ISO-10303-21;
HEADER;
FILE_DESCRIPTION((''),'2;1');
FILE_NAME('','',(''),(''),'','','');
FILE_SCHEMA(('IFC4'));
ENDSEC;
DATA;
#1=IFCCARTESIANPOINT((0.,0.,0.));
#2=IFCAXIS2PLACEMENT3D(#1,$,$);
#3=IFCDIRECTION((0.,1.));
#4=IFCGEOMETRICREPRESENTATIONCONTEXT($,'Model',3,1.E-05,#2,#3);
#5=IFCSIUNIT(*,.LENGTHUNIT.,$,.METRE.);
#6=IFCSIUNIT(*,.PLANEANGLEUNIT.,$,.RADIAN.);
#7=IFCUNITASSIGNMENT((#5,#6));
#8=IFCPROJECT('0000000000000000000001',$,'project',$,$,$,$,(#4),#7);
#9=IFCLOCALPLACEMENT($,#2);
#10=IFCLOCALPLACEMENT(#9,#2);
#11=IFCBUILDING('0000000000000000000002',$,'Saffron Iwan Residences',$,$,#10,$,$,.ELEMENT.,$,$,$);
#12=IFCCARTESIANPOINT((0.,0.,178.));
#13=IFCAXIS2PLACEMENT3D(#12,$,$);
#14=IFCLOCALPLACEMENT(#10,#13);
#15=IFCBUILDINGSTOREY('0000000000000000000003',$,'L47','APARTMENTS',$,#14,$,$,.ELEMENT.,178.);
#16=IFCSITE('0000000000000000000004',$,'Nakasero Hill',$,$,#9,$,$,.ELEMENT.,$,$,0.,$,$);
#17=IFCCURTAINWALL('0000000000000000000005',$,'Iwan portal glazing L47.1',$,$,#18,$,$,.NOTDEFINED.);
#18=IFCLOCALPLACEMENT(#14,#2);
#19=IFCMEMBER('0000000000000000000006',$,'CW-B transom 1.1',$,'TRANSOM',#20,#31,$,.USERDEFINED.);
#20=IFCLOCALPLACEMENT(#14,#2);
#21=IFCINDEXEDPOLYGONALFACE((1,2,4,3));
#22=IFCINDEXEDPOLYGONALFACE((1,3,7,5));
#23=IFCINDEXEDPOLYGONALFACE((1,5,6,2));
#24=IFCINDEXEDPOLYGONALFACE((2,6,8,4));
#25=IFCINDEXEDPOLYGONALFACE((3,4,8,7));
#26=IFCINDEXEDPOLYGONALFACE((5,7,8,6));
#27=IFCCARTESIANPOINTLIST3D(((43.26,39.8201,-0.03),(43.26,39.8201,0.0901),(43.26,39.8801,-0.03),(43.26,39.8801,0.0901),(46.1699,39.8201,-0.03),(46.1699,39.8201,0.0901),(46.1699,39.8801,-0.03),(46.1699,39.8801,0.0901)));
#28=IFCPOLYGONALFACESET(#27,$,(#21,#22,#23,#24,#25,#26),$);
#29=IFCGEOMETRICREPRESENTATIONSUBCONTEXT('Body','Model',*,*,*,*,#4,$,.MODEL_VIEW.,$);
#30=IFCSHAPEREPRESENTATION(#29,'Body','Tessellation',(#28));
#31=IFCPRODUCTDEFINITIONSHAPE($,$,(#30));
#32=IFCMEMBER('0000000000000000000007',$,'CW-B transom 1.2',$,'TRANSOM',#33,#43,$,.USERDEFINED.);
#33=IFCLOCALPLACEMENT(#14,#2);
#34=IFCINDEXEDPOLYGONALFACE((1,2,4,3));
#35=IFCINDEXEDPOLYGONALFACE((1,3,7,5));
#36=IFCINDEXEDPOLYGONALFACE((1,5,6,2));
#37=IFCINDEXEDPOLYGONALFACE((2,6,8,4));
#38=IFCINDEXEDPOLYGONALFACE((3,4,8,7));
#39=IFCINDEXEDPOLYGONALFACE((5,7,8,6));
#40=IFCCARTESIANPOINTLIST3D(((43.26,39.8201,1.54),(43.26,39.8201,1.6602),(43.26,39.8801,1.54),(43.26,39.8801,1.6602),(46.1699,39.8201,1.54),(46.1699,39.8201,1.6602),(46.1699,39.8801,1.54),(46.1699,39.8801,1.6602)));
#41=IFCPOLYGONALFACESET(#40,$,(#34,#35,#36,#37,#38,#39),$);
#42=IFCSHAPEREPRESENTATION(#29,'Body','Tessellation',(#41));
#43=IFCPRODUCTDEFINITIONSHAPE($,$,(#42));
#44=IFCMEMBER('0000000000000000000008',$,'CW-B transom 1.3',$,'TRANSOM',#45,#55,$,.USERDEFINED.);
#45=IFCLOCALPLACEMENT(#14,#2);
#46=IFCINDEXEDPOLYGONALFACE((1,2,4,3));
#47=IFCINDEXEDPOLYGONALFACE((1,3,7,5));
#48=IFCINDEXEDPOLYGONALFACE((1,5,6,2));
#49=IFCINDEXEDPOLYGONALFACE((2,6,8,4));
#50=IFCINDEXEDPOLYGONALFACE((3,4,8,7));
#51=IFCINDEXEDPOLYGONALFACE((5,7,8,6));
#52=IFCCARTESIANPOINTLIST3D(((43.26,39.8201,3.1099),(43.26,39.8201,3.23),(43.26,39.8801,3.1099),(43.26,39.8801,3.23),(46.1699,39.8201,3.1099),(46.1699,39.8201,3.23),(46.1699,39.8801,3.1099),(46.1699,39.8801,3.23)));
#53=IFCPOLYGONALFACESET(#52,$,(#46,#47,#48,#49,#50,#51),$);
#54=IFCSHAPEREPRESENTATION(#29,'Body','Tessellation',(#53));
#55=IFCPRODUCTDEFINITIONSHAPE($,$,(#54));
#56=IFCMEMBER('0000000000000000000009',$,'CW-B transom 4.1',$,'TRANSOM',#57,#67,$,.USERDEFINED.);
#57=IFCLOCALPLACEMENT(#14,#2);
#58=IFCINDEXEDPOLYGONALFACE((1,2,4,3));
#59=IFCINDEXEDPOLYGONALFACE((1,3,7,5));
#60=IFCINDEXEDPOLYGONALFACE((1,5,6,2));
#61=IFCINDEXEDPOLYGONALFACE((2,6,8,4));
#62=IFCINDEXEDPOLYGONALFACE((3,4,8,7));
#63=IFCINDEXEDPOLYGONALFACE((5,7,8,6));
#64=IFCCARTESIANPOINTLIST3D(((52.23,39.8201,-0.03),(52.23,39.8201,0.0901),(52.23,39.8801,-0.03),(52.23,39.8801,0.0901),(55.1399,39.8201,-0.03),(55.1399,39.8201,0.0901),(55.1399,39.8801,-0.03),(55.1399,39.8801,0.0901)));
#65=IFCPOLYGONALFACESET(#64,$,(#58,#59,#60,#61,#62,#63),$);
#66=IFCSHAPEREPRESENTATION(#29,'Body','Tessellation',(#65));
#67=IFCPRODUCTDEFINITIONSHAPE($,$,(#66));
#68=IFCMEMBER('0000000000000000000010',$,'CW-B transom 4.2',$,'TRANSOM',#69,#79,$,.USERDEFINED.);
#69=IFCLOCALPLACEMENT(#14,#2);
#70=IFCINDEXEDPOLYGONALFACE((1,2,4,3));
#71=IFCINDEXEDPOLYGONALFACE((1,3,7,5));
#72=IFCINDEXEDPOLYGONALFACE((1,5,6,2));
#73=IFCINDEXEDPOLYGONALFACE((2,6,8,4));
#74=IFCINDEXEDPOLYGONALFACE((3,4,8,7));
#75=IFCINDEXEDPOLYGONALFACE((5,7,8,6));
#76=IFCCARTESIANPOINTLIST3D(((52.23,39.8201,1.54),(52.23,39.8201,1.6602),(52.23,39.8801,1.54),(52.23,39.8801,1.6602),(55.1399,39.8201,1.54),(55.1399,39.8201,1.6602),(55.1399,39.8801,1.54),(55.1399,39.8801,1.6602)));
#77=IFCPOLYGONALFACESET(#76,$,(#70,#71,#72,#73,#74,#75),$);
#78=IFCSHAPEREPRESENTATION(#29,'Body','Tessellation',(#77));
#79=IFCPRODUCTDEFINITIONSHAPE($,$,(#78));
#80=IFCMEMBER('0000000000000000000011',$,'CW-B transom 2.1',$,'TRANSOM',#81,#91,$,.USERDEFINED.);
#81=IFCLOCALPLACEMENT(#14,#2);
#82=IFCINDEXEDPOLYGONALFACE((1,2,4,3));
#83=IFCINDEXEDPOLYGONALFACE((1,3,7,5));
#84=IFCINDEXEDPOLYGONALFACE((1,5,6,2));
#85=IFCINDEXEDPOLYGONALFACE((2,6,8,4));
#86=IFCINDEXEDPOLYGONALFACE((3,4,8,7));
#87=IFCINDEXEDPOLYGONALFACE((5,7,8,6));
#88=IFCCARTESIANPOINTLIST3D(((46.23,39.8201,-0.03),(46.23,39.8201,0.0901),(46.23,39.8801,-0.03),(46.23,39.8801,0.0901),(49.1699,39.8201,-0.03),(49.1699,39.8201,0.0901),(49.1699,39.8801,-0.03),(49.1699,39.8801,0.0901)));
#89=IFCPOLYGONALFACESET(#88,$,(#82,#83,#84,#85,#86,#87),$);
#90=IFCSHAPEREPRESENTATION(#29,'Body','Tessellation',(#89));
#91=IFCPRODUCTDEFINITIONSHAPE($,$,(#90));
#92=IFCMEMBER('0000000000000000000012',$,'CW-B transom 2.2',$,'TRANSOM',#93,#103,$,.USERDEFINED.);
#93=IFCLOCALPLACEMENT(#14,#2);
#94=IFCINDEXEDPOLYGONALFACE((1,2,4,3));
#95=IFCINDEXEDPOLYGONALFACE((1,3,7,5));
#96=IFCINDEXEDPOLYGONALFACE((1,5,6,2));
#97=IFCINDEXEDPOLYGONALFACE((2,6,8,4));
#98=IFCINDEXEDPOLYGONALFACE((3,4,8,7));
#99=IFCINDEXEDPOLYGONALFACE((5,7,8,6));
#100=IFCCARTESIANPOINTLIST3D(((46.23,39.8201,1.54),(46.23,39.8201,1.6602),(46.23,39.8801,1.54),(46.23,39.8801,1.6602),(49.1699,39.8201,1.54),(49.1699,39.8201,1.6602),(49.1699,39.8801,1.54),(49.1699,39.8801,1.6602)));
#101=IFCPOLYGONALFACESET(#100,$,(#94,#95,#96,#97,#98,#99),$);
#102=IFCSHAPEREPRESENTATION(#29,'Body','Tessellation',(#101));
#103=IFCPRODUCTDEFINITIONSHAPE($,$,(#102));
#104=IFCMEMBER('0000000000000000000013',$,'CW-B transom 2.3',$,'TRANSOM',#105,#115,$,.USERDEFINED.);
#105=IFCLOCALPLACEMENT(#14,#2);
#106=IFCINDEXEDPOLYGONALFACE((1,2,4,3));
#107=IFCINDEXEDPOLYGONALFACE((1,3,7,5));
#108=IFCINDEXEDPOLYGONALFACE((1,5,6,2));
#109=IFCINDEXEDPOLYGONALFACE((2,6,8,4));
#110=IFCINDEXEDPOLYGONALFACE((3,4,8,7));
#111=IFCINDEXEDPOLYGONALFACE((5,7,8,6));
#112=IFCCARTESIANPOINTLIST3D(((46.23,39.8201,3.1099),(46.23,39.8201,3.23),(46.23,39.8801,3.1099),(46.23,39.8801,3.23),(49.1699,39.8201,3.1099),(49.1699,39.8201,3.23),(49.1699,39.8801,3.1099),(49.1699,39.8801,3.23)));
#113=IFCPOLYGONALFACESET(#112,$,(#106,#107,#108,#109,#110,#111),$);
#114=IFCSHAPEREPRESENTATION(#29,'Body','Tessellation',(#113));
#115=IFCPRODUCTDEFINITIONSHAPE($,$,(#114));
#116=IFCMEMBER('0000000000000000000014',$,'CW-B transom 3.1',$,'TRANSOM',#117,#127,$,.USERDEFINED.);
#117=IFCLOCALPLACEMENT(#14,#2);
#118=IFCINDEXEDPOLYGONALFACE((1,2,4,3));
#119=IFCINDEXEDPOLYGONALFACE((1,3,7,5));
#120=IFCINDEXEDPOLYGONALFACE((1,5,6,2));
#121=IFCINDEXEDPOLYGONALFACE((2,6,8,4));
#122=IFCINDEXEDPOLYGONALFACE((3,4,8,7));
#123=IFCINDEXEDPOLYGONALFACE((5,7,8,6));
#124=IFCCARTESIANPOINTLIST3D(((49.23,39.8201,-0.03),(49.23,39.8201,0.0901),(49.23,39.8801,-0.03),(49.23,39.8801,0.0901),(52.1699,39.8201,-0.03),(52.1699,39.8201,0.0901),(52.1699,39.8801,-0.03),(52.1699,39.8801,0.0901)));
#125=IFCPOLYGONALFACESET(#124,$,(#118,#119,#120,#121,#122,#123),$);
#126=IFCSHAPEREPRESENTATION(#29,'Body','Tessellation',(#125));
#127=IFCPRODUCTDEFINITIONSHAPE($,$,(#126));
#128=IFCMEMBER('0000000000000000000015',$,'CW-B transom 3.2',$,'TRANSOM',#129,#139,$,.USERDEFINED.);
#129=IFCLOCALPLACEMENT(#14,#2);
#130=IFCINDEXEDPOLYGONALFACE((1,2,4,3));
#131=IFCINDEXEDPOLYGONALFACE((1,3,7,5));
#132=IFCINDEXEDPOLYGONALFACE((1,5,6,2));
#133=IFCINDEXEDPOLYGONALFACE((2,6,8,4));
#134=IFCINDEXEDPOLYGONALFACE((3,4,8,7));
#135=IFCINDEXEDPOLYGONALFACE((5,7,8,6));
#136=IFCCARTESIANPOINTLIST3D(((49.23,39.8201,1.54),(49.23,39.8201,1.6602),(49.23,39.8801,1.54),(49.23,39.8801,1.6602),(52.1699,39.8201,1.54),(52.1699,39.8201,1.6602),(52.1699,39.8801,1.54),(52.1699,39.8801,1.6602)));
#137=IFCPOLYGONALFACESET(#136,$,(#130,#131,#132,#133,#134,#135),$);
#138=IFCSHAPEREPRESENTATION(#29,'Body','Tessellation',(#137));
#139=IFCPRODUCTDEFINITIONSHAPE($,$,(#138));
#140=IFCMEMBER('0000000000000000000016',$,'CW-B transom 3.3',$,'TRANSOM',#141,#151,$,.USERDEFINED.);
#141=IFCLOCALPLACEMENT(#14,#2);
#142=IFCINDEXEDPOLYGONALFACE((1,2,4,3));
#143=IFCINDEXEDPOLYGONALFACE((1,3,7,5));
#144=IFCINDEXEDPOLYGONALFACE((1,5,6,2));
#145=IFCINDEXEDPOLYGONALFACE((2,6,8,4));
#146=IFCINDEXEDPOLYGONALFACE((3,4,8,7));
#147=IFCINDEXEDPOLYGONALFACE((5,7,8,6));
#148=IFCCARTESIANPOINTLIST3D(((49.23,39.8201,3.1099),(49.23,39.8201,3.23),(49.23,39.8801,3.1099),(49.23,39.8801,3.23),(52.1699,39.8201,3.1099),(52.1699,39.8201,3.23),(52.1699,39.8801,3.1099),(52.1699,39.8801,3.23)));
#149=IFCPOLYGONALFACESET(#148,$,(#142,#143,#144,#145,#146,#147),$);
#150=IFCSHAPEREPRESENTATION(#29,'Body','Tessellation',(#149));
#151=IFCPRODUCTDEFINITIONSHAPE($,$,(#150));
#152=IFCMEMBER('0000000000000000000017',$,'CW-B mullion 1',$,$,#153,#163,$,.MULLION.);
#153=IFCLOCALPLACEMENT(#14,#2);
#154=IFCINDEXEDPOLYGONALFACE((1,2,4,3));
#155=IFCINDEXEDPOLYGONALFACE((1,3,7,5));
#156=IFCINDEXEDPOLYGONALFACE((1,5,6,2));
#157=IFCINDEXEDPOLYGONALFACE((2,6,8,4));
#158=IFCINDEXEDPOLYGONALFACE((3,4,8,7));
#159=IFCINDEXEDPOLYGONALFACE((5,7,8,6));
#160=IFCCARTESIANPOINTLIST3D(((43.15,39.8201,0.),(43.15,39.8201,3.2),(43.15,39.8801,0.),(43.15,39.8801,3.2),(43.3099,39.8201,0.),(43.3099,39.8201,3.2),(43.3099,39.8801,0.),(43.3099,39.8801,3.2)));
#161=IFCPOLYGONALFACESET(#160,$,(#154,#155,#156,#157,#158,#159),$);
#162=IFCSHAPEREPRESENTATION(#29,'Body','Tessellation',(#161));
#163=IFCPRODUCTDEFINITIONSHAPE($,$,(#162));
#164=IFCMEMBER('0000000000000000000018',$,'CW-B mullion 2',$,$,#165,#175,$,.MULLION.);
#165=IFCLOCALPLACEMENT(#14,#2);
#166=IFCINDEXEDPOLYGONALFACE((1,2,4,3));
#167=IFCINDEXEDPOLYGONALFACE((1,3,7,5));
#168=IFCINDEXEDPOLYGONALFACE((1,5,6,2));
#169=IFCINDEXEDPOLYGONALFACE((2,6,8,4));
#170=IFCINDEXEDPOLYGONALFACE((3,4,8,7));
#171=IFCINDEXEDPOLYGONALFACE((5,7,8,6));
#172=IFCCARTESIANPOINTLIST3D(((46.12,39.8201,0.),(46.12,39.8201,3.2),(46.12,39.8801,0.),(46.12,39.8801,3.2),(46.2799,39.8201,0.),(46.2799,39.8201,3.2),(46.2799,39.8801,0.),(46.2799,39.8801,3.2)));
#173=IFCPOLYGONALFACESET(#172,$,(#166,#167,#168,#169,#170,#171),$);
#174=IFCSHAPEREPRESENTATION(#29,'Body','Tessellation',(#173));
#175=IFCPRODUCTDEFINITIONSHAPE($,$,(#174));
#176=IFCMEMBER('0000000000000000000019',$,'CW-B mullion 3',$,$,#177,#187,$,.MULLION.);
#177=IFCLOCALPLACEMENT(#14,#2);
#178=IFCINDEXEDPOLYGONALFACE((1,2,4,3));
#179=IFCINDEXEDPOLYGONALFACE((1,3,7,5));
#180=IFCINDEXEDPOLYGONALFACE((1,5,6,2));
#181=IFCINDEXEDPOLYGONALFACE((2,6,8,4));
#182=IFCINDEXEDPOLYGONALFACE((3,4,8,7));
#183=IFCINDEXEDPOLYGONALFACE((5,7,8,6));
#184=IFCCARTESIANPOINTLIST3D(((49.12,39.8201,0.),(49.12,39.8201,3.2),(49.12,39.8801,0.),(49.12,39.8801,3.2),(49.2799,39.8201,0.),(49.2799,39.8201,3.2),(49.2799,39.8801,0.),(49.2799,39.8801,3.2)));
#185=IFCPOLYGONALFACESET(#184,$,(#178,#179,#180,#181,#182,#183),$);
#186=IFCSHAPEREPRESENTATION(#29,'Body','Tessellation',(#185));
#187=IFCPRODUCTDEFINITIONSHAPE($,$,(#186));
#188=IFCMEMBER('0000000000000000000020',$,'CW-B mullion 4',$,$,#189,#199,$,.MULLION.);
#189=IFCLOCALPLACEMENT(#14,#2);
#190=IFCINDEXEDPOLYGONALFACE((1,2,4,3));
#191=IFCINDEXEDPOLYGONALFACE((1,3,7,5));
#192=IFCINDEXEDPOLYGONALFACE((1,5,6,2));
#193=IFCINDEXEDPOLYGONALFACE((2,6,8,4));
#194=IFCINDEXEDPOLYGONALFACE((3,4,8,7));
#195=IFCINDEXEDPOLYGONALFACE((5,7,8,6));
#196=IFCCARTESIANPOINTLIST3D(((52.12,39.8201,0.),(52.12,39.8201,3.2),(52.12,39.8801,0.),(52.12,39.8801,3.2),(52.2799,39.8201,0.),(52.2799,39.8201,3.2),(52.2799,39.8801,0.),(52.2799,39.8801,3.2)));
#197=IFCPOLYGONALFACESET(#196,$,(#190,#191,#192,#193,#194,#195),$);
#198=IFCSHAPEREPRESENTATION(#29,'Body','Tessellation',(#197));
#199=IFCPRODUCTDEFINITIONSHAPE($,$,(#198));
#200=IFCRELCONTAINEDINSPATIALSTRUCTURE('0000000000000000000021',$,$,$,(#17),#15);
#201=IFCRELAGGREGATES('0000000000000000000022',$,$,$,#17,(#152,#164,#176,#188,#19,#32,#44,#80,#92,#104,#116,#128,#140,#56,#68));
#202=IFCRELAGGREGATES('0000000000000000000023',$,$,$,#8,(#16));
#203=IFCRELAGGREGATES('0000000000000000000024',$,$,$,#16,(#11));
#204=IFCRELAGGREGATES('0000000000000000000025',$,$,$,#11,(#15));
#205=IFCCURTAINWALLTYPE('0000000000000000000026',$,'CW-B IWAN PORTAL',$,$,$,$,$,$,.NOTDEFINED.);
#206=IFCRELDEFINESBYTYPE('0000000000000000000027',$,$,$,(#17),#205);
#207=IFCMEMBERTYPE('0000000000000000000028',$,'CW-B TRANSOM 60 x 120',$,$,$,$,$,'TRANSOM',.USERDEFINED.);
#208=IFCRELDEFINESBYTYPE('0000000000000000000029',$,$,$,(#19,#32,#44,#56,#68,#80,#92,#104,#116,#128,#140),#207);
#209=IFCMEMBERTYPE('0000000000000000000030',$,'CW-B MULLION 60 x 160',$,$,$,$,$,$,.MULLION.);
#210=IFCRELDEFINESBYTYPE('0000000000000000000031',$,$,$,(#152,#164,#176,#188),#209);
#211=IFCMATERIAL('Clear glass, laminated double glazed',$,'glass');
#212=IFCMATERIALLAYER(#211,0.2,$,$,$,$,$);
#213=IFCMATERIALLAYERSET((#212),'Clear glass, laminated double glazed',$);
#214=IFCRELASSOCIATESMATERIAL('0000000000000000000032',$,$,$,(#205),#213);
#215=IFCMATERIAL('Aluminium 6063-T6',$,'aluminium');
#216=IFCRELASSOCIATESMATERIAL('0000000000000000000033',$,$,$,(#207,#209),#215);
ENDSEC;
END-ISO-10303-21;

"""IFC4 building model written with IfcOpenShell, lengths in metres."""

from ifc_helpers import new_model, si_unit, direction, frame, origin, origin_2d, place, context, subcontext, project, spatial, rectangle, extrude, source, transform, mapped, material, layer, layer_set, material_profile, profile_set, type_object, element, aggregate, save


model = new_model("IFC4")

# Units and contexts
model_context = context("Model", 3, precision=1e-05, world=origin(), true_north=direction((0.0, 1.0)))
body_context = subcontext(model_context, "Body", "Model", "MODEL_VIEW")
ifc_project = project(units=[si_unit("LENGTHUNIT", "METRE"), si_unit("PLANEANGLEUNIT", "RADIAN")], contexts=[model_context])

# Site, building, storey
site_placement = place(None, origin())
site = spatial("IfcSite", under=ifc_project, at=site_placement, Name="Nakasero Hill", CompositionType="ELEMENT", RefElevation=0.0)
building_placement = place(site_placement, origin())
building = spatial("IfcBuilding", under=site, at=building_placement, Name="Saffron Iwan Residences", CompositionType="ELEMENT")
storey_placement = place(building_placement, frame((0.0, 0.0, 178.0)))
storey = spatial("IfcBuildingStorey", under=building, at=storey_placement, Name="L47", Description="APARTMENTS", CompositionType="ELEMENT", Elevation=178.0)

# Curtain wall, members
ifc_material_1 = material(Name="Clear glass, laminated double glazed", Category="glass")
ifc_layer_1 = layer(ifc_material_1, 0.2)
ifc_layer_set_1 = layer_set([ifc_layer_1], Name="Clear glass, laminated double glazed")
curtain_wall_type = type_object("IfcCurtainWallType", Name="CW-B IWAN PORTAL", PredefinedType="NOTDEFINED", material=ifc_layer_set_1)
curtain_wall_placement = place(storey_placement, origin())
curtain_wall = element("IfcCurtainWall", 1, at=curtain_wall_placement, inside=storey, type_object=curtain_wall_type, Name="Iwan portal glazing L47.1", PredefinedType="NOTDEFINED")
ifc_material_2 = material(Name="Aluminium 6063-T6", Category="aluminium")
ifc_material_profile_1 = material_profile(ifc_material_2, rectangle(XDim=0.0601, YDim=0.1201, at=origin_2d()), Name="CW-B TRANSOM 60 x 120")
ifc_profile_set_1 = profile_set([ifc_material_profile_1], Name="Aluminium 6063-T6")
member_type_1 = type_object("IfcMemberType", Name="CW-B TRANSOM 60 x 120", ElementType="TRANSOM", PredefinedType="USERDEFINED", material=ifc_profile_set_1)
shared_shape_1 = source(origin(), body_context, "Body", "SweptSolid", [
    extrude(rectangle(XDim=0.0601, YDim=0.1201, at=origin_2d()), origin(), (0.0, 0.0, 1.0), 2.9099),
])
member_1_placement = place(storey_placement, frame((43.26, 39.8501, 0.03), z_axis=(1.0, 0.0, 0.0), x_axis=(0.0, 1.0, 0.0)))
member_1 = element("IfcMember", 2, at=member_1_placement, type_object=member_type_1, Name="CW-B transom 1.1", ObjectType="TRANSOM", PredefinedType="USERDEFINED", context=body_context, shape_type="MappedRepresentation", body=[
    mapped(shared_shape_1, transform((0.0, 0.0, 0.0))),
])
member_2_placement = place(storey_placement, frame((43.26, 39.8501, 1.6001), z_axis=(1.0, 0.0, 0.0), x_axis=(0.0, 1.0, 0.0)))
member_2 = element("IfcMember", 3, at=member_2_placement, type_object=member_type_1, Name="CW-B transom 1.2", ObjectType="TRANSOM", PredefinedType="USERDEFINED", context=body_context, shape_type="MappedRepresentation", body=[
    mapped(shared_shape_1, transform((0.0, 0.0, 0.0))),
])
member_3_placement = place(storey_placement, frame((43.26, 39.8501, 3.1699), z_axis=(1.0, 0.0, 0.0), x_axis=(0.0, 1.0, 0.0)))
member_3 = element("IfcMember", 4, at=member_3_placement, type_object=member_type_1, Name="CW-B transom 1.3", ObjectType="TRANSOM", PredefinedType="USERDEFINED", context=body_context, shape_type="MappedRepresentation", body=[
    mapped(shared_shape_1, transform((0.0, 0.0, 0.0))),
])
member_4_placement = place(storey_placement, frame((52.23, 39.8501, 0.03), z_axis=(1.0, 0.0, 0.0), x_axis=(0.0, 1.0, 0.0)))
member_4 = element("IfcMember", 5, at=member_4_placement, type_object=member_type_1, Name="CW-B transom 4.1", ObjectType="TRANSOM", PredefinedType="USERDEFINED", context=body_context, shape_type="MappedRepresentation", body=[
    mapped(shared_shape_1, transform((0.0, 0.0, 0.0))),
])
member_5_placement = place(storey_placement, frame((52.23, 39.8501, 1.6001), z_axis=(1.0, 0.0, 0.0), x_axis=(0.0, 1.0, 0.0)))
member_5 = element("IfcMember", 6, at=member_5_placement, type_object=member_type_1, Name="CW-B transom 4.2", ObjectType="TRANSOM", PredefinedType="USERDEFINED", context=body_context, shape_type="MappedRepresentation", body=[
    mapped(shared_shape_1, transform((0.0, 0.0, 0.0))),
])
shared_shape_2 = source(origin(), body_context, "Body", "SweptSolid", [
    extrude(rectangle(XDim=0.0601, YDim=0.1201, at=origin_2d()), origin(), (0.0, 0.0, 1.0), 2.9399),
])
member_6_placement = place(storey_placement, frame((46.23, 39.8501, 0.03), z_axis=(1.0, 0.0, 0.0), x_axis=(0.0, 1.0, 0.0)))
member_6 = element("IfcMember", 7, at=member_6_placement, type_object=member_type_1, Name="CW-B transom 2.1", ObjectType="TRANSOM", PredefinedType="USERDEFINED", context=body_context, shape_type="MappedRepresentation", body=[
    mapped(shared_shape_2, transform((0.0, 0.0, 0.0))),
])
member_7_placement = place(storey_placement, frame((46.23, 39.8501, 1.6001), z_axis=(1.0, 0.0, 0.0), x_axis=(0.0, 1.0, 0.0)))
member_7 = element("IfcMember", 8, at=member_7_placement, type_object=member_type_1, Name="CW-B transom 2.2", ObjectType="TRANSOM", PredefinedType="USERDEFINED", context=body_context, shape_type="MappedRepresentation", body=[
    mapped(shared_shape_2, transform((0.0, 0.0, 0.0))),
])
member_8_placement = place(storey_placement, frame((46.23, 39.8501, 3.1699), z_axis=(1.0, 0.0, 0.0), x_axis=(0.0, 1.0, 0.0)))
member_8 = element("IfcMember", 9, at=member_8_placement, type_object=member_type_1, Name="CW-B transom 2.3", ObjectType="TRANSOM", PredefinedType="USERDEFINED", context=body_context, shape_type="MappedRepresentation", body=[
    mapped(shared_shape_2, transform((0.0, 0.0, 0.0))),
])
member_9_placement = place(storey_placement, frame((49.23, 39.8501, 0.03), z_axis=(1.0, 0.0, 0.0), x_axis=(0.0, 1.0, 0.0)))
member_9 = element("IfcMember", 10, at=member_9_placement, type_object=member_type_1, Name="CW-B transom 3.1", ObjectType="TRANSOM", PredefinedType="USERDEFINED", context=body_context, shape_type="MappedRepresentation", body=[
    mapped(shared_shape_2, transform((0.0, 0.0, 0.0))),
])
member_10_placement = place(storey_placement, frame((49.23, 39.8501, 1.6001), z_axis=(1.0, 0.0, 0.0), x_axis=(0.0, 1.0, 0.0)))
member_10 = element("IfcMember", 11, at=member_10_placement, type_object=member_type_1, Name="CW-B transom 3.2", ObjectType="TRANSOM", PredefinedType="USERDEFINED", context=body_context, shape_type="MappedRepresentation", body=[
    mapped(shared_shape_2, transform((0.0, 0.0, 0.0))),
])
member_11_placement = place(storey_placement, frame((49.23, 39.8501, 3.1699), z_axis=(1.0, 0.0, 0.0), x_axis=(0.0, 1.0, 0.0)))
member_11 = element("IfcMember", 12, at=member_11_placement, type_object=member_type_1, Name="CW-B transom 3.3", ObjectType="TRANSOM", PredefinedType="USERDEFINED", context=body_context, shape_type="MappedRepresentation", body=[
    mapped(shared_shape_2, transform((0.0, 0.0, 0.0))),
])
ifc_material_profile_2 = material_profile(ifc_material_2, rectangle(XDim=0.0601, YDim=0.1599, at=origin_2d()), Name="CW-B MULLION 60 x 160")
ifc_profile_set_2 = profile_set([ifc_material_profile_2], Name="Aluminium 6063-T6")
member_type_2 = type_object("IfcMemberType", Name="CW-B MULLION 60 x 160", PredefinedType="MULLION", material=ifc_profile_set_2)
shared_shape_3 = source(origin(), body_context, "Body", "SweptSolid", [
    extrude(rectangle(XDim=0.0601, YDim=0.1599, at=origin_2d()), origin(), (0.0, 0.0, 1.0), 3.2),
])
member_12_placement = place(storey_placement, frame((43.23, 39.8501, 0.0), z_axis=(0.0, 0.0, 1.0), x_axis=(0.0, 1.0, 0.0)))
member_12 = element("IfcMember", 13, at=member_12_placement, type_object=member_type_2, Name="CW-B mullion 1", PredefinedType="MULLION", context=body_context, shape_type="MappedRepresentation", body=[
    mapped(shared_shape_3, transform((0.0, 0.0, 0.0))),
])
member_13_placement = place(storey_placement, frame((46.2, 39.8501, 0.0), z_axis=(0.0, 0.0, 1.0), x_axis=(0.0, 1.0, 0.0)))
member_13 = element("IfcMember", 14, at=member_13_placement, type_object=member_type_2, Name="CW-B mullion 2", PredefinedType="MULLION", context=body_context, shape_type="MappedRepresentation", body=[
    mapped(shared_shape_3, transform((0.0, 0.0, 0.0))),
])
member_14_placement = place(storey_placement, frame((49.2, 39.8501, 0.0), z_axis=(0.0, 0.0, 1.0), x_axis=(0.0, 1.0, 0.0)))
member_14 = element("IfcMember", 15, at=member_14_placement, type_object=member_type_2, Name="CW-B mullion 3", PredefinedType="MULLION", context=body_context, shape_type="MappedRepresentation", body=[
    mapped(shared_shape_3, transform((0.0, 0.0, 0.0))),
])
member_15_placement = place(storey_placement, frame((52.2, 39.8501, 0.0), z_axis=(0.0, 0.0, 1.0), x_axis=(0.0, 1.0, 0.0)))
member_15 = element("IfcMember", 16, at=member_15_placement, type_object=member_type_2, Name="CW-B mullion 4", PredefinedType="MULLION", context=body_context, shape_type="MappedRepresentation", body=[
    mapped(shared_shape_3, transform((0.0, 0.0, 0.0))),
])
aggregate(curtain_wall, [member_12, member_13, member_14, member_15, member_1, member_2, member_3, member_6, member_7, member_8, member_9, member_10, member_11, member_4, member_5])

save(model, "model.ifc")
